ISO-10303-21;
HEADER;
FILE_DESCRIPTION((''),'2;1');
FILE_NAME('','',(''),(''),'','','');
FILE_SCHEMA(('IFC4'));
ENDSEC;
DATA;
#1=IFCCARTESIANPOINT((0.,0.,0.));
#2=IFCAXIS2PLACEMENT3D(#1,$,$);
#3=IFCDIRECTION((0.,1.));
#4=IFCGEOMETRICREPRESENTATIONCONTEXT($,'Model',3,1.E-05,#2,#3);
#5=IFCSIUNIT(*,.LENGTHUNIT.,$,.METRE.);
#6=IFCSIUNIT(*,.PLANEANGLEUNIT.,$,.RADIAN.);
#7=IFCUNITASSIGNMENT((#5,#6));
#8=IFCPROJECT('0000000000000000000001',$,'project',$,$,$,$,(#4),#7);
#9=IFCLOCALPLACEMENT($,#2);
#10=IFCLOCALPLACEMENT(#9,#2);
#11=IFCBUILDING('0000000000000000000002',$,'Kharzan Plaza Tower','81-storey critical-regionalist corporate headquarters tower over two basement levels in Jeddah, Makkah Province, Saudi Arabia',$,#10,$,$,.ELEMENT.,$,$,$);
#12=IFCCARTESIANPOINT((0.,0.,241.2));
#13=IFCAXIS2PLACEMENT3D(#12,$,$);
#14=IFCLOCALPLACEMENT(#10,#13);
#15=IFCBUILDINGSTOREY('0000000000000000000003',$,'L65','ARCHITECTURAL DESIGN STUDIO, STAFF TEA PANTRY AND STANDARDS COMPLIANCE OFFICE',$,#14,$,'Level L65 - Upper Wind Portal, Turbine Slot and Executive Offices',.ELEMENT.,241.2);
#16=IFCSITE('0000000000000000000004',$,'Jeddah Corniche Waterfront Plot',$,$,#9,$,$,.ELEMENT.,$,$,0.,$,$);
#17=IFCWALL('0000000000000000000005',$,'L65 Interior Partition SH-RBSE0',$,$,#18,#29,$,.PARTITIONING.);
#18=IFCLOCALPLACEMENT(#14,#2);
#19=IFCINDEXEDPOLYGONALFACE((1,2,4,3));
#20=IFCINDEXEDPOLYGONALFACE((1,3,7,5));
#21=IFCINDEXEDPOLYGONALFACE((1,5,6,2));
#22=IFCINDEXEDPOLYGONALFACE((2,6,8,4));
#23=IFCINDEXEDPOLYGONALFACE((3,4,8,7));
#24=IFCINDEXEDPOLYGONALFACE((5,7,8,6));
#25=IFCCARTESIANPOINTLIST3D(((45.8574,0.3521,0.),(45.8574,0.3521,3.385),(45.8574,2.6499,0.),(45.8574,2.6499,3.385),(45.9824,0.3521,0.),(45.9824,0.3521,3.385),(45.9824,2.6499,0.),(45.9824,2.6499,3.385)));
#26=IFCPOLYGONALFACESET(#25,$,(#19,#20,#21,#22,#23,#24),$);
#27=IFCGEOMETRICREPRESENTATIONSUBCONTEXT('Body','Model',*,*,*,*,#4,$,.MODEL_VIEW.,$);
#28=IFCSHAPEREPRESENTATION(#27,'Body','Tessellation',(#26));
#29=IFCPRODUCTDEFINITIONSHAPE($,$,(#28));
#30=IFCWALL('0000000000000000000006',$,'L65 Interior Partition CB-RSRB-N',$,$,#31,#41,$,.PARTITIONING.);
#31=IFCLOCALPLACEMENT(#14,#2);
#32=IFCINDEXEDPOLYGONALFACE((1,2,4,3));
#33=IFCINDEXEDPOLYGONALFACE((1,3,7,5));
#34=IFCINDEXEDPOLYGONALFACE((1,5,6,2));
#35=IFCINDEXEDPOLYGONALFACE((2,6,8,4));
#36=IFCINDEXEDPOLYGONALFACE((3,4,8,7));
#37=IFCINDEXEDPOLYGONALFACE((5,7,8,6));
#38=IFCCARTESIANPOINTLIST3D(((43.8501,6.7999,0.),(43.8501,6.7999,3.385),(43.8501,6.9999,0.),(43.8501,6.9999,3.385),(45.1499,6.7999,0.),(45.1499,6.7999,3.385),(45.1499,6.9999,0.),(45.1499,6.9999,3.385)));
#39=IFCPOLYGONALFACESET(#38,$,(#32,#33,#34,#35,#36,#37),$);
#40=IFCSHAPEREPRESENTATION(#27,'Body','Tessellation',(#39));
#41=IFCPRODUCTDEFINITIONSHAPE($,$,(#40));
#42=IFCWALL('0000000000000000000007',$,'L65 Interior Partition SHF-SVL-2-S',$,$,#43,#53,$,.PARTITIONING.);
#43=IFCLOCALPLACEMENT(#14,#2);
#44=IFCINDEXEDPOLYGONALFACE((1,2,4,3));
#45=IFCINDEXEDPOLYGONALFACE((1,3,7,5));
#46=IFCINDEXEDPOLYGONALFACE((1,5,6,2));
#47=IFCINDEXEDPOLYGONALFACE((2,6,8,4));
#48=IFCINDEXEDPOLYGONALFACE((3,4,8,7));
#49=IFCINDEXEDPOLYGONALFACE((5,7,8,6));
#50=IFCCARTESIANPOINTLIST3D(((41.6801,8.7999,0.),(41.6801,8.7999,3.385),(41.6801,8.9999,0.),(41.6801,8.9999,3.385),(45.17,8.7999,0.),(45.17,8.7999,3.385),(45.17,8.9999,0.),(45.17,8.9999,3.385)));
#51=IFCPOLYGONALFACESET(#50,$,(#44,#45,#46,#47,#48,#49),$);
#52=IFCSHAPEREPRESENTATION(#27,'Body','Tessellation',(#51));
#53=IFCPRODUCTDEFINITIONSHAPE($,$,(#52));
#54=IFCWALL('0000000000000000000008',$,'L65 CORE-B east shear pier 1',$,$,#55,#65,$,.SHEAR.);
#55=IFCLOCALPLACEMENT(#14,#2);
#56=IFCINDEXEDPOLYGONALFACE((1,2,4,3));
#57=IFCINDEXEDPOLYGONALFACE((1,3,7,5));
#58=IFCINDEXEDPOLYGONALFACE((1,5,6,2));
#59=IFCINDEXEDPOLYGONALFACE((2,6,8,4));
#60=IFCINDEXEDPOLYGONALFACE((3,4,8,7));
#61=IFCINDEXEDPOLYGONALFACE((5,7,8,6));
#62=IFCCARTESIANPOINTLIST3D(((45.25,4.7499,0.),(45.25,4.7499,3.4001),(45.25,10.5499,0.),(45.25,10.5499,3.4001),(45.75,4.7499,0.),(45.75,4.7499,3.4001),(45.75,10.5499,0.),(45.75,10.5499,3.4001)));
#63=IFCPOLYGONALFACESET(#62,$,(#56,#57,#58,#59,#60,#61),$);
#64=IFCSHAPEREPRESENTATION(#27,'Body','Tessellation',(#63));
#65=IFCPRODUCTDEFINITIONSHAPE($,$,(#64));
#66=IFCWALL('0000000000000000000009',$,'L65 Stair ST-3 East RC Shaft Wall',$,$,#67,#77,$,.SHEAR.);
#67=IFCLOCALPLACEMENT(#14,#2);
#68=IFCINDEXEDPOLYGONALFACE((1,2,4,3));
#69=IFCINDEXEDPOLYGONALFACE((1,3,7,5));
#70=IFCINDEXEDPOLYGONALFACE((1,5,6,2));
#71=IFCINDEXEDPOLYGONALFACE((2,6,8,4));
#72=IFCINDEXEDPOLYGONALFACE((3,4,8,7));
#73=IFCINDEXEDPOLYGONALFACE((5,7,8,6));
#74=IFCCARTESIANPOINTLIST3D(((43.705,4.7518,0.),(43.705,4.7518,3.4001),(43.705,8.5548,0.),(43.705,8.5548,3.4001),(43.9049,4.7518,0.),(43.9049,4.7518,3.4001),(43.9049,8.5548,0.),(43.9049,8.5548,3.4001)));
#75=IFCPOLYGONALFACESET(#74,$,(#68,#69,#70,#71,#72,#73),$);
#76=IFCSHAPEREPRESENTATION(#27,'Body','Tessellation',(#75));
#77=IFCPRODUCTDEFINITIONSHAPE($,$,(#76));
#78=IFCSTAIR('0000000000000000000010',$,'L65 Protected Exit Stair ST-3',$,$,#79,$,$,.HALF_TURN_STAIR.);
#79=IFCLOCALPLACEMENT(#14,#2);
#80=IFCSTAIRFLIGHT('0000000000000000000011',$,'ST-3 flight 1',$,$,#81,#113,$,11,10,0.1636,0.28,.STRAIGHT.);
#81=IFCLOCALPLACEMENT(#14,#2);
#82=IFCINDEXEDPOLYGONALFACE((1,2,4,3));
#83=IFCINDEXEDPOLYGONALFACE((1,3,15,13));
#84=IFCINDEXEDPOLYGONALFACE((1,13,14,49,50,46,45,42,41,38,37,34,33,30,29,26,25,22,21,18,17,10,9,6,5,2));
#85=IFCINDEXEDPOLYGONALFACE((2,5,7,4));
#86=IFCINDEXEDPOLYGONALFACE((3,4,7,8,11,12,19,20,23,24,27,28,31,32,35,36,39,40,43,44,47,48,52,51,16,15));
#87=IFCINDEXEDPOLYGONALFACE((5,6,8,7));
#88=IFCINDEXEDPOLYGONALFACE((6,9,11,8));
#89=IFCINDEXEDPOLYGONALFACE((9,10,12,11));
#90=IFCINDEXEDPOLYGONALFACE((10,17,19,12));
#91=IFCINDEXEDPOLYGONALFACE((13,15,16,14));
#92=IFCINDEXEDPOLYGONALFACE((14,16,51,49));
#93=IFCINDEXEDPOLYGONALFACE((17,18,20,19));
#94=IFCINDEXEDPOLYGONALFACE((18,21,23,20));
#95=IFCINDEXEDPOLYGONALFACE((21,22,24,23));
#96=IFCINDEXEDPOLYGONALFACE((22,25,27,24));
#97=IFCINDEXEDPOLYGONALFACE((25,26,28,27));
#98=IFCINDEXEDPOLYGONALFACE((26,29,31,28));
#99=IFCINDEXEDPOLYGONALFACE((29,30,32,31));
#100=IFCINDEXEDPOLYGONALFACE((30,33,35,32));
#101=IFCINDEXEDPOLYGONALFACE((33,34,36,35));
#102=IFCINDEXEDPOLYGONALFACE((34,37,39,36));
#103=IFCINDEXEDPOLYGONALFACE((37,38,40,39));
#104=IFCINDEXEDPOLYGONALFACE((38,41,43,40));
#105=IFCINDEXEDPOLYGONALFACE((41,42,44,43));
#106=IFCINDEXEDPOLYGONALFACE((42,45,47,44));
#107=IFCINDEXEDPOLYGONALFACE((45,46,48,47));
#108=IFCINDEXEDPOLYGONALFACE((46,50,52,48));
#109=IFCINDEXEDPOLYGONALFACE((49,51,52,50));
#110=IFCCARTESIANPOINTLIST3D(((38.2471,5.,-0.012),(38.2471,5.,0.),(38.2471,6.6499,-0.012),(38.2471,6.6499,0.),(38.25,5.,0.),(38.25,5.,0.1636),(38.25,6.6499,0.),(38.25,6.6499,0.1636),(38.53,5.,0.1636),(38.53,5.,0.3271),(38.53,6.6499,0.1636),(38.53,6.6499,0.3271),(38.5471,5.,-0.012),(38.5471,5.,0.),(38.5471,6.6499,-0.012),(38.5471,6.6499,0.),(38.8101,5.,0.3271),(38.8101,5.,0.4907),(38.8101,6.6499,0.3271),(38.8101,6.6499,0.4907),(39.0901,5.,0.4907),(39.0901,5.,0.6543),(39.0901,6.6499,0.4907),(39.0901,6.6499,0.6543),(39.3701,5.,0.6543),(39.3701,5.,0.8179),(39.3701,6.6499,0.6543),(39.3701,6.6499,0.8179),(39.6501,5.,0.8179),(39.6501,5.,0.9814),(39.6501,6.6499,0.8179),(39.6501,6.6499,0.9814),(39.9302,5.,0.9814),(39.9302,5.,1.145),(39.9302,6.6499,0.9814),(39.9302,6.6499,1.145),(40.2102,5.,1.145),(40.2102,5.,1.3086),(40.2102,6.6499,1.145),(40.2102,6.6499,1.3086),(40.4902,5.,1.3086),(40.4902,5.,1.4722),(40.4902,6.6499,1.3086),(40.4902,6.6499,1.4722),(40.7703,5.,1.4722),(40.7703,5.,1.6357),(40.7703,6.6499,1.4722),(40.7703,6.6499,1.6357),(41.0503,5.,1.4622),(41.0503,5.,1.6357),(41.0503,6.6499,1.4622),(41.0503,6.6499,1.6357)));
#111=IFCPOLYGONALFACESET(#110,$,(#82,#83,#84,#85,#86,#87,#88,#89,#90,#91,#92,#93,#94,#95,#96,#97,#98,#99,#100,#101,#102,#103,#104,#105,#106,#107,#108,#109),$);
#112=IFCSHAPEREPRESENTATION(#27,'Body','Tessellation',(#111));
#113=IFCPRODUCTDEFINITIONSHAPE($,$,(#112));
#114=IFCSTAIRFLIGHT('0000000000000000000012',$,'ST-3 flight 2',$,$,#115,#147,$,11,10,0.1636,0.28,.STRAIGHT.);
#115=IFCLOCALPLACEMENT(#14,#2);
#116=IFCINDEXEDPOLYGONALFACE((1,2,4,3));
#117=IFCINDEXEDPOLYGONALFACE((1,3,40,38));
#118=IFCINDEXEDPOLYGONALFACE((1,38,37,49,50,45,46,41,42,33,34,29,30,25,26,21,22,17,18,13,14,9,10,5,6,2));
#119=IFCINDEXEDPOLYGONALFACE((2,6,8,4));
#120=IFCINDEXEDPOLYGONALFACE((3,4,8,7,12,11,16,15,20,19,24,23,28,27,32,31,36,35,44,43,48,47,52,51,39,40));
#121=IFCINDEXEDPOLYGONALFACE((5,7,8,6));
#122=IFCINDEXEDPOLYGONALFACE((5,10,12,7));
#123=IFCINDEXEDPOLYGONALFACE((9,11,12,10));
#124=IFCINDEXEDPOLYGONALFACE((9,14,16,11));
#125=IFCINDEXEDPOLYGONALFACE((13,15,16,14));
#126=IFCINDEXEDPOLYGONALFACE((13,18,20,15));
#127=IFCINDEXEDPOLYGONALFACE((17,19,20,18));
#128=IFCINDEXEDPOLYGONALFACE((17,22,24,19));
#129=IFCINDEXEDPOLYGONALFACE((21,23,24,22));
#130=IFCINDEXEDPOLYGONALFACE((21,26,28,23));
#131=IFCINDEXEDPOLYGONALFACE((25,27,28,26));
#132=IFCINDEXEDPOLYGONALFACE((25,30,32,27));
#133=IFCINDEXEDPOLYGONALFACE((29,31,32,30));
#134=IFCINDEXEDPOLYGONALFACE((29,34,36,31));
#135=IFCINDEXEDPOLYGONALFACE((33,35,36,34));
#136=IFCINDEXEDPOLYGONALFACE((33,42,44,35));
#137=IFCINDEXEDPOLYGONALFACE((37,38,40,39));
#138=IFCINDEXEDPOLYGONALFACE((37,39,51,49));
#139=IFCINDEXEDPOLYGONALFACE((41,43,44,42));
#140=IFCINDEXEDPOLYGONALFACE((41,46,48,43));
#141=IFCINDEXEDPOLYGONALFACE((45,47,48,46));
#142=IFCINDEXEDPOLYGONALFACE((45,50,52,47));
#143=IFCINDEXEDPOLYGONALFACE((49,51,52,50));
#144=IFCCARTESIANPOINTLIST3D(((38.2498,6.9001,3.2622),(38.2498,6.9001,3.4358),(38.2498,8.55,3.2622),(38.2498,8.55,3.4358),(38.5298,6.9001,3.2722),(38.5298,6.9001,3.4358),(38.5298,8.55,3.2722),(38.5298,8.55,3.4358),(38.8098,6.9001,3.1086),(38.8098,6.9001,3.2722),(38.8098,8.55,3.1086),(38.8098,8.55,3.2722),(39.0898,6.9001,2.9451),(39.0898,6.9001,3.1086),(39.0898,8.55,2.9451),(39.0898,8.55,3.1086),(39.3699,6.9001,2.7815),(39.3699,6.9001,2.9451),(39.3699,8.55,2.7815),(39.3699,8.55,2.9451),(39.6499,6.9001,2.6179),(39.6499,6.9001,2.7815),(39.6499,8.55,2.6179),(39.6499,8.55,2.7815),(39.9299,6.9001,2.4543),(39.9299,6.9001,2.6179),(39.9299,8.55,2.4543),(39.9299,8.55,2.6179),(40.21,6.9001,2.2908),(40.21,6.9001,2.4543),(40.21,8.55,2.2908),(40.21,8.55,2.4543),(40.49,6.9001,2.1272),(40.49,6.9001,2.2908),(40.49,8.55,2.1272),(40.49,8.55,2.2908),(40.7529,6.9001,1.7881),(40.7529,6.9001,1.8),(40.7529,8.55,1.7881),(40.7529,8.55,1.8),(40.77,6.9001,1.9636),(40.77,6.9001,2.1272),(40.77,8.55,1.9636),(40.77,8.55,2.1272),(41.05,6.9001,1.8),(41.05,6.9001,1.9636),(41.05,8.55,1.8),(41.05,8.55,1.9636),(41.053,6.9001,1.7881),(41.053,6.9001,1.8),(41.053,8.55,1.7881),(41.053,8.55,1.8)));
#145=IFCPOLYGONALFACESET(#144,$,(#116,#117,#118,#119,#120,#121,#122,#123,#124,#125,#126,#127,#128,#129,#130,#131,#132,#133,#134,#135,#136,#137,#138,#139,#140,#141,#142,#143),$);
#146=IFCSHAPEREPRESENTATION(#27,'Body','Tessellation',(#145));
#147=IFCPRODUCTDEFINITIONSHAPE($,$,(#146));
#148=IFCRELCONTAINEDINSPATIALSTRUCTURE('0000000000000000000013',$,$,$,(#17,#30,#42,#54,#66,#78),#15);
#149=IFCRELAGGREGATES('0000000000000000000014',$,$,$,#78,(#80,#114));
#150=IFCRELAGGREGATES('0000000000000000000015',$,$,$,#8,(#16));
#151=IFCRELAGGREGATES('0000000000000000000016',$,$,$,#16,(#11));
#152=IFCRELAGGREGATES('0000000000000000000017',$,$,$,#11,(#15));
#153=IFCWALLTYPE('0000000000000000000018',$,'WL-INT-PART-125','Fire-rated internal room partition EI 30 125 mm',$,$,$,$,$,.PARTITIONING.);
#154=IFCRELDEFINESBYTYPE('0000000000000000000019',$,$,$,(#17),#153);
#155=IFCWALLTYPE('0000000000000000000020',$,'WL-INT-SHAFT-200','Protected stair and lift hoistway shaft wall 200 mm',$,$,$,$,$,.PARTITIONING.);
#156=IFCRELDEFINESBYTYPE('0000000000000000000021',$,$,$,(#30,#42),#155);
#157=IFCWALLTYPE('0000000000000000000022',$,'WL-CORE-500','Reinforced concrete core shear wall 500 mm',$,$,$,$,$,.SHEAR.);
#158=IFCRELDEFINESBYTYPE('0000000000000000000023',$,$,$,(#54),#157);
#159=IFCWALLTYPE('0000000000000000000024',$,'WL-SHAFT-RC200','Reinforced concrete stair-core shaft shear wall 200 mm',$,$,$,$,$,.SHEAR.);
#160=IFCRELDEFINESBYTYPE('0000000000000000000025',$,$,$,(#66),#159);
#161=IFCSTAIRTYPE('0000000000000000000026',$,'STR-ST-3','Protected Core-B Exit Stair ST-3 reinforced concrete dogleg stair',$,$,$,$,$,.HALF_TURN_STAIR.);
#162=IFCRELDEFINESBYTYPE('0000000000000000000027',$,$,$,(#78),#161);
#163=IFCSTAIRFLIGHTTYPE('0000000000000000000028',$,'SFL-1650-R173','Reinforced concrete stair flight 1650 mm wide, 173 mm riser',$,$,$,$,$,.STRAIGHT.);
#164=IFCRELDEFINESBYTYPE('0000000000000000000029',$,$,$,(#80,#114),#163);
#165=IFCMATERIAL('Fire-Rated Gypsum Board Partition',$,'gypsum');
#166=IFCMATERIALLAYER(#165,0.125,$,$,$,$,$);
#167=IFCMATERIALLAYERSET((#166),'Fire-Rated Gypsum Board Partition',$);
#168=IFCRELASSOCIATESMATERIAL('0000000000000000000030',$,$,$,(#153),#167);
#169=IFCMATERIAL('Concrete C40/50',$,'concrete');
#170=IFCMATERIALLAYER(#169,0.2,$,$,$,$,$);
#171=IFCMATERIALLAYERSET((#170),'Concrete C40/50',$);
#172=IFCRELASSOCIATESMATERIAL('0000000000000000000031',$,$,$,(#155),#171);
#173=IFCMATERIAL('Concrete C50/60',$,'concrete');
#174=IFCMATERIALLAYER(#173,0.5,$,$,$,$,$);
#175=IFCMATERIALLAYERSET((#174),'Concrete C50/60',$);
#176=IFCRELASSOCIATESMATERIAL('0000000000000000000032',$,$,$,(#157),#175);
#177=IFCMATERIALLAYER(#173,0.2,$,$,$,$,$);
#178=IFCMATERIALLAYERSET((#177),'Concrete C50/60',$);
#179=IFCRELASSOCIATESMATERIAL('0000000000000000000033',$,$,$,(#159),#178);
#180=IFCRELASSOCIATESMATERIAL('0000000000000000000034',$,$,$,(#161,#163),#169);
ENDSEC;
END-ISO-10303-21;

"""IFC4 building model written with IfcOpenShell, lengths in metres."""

from ifc_helpers import new_model, si_unit, direction, frame, frame_2d, origin, place, context, subcontext, project, spatial, polyline, rectangle, outline, extrude, source, transform, mapped, material, layer, layer_set, type_object, element, aggregate, save


model = new_model("IFC4")

# Units and contexts
model_context = context("Model", 3, precision=1e-05, world=origin(), true_north=direction((0.0, 1.0)))
body_context = subcontext(model_context, "Body", "Model", "MODEL_VIEW")
ifc_project = project(units=[si_unit("LENGTHUNIT", "METRE"), si_unit("PLANEANGLEUNIT", "RADIAN")], contexts=[model_context])

# Site, building, storey
site_placement = place(None, origin())
site = spatial("IfcSite", under=ifc_project, at=site_placement, Name="Jeddah Corniche Waterfront Plot", CompositionType="ELEMENT", RefElevation=0.0)
building_placement = place(site_placement, origin())
building = spatial("IfcBuilding", under=site, at=building_placement, Name="Kharzan Plaza Tower", Description="81-storey critical-regionalist corporate headquarters tower over two basement levels in Jeddah, Makkah Province, Saudi Arabia", CompositionType="ELEMENT")
storey_placement = place(building_placement, frame((0.0, 0.0, 241.2)))
storey = spatial("IfcBuildingStorey", under=building, at=storey_placement, Name="L65", Description="ARCHITECTURAL DESIGN STUDIO, STAFF TEA PANTRY AND STANDARDS COMPLIANCE OFFICE", LongName="Level L65 - Upper Wind Portal, Turbine Slot and Executive Offices", CompositionType="ELEMENT", Elevation=241.2)

# Shared definitions
ifc_material_1 = material(Name="Concrete C50/60", Category="concrete")

# Shared definitions
ifc_material_2 = material(Name="Concrete C40/50", Category="concrete")

# Shared definitions
ifc_material_3 = material(Name="Fire-Rated Gypsum Board Partition", Category="gypsum")
ifc_layer_1 = layer(ifc_material_3, 0.125)
ifc_layer_set_1 = layer_set([ifc_layer_1], Name="Fire-Rated Gypsum Board Partition")
wall_type_1 = type_object("IfcWallType", Name="WL-INT-PART-125", Description="Fire-rated internal room partition EI 30 125 mm", PredefinedType="PARTITIONING", material=ifc_layer_set_1)
ifc_layer_2 = layer(ifc_material_2, 0.2)
ifc_layer_set_2 = layer_set([ifc_layer_2], Name="Concrete C40/50")
wall_type_2 = type_object("IfcWallType", Name="WL-INT-SHAFT-200", Description="Protected stair and lift hoistway shaft wall 200 mm", PredefinedType="PARTITIONING", material=ifc_layer_set_2)

# Walls
shared_shape_1 = source(origin(), body_context, "Body", "SweptSolid", [
    extrude(rectangle(XDim=2.2979, YDim=0.125, at=frame_2d((1.1489, 0.0))), origin(), (0.0, 0.0, 1.0), 3.385),
])
wall_1_placement = place(storey_placement, frame((45.9199, 0.3521, 0.0), z_axis=(0.0, 0.0, 1.0), x_axis=(0.0, 1.0, 0.0)))
element("IfcWall", 1, at=wall_1_placement, inside=storey, type_object=wall_type_1, Name="L65 Interior Partition SH-RBSE0", PredefinedType="PARTITIONING", context=body_context, shape_type="MappedRepresentation", body=[
    mapped(shared_shape_1, transform((0.0, 0.0, 0.0), x_axis=(1.0, 0.0, 0.0), y_axis=(0.0, 1.0, 0.0), z_axis=(0.0, 0.0, 1.0))),
])
shared_shape_2 = source(origin(), body_context, "Body", "SweptSolid", [
    extrude(rectangle(XDim=1.2998, YDim=0.2, at=frame_2d((0.6499, 0.0))), origin(), (0.0, 0.0, 1.0), 3.385),
])
wall_2_placement = place(storey_placement, frame((43.8501, 6.8999, 0.0), z_axis=(0.0, 0.0, 1.0), x_axis=(1.0, 0.0, 0.0)))
element("IfcWall", 2, at=wall_2_placement, inside=storey, type_object=wall_type_2, Name="L65 Interior Partition CB-RSRB-N", PredefinedType="PARTITIONING", context=body_context, shape_type="MappedRepresentation", body=[
    mapped(shared_shape_2, transform((0.0, 0.0, 0.0), x_axis=(1.0, 0.0, 0.0), y_axis=(0.0, 1.0, 0.0), z_axis=(0.0, 0.0, 1.0))),
])
shared_shape_3 = source(origin(), body_context, "Body", "SweptSolid", [
    extrude(rectangle(XDim=3.49, YDim=0.2, at=frame_2d((1.7451, 0.0))), origin(), (0.0, 0.0, 1.0), 3.385),
])
wall_3_placement = place(storey_placement, frame((41.6799, 8.8999, 0.0), z_axis=(0.0, 0.0, 1.0), x_axis=(1.0, 0.0, 0.0)))
element("IfcWall", 3, at=wall_3_placement, inside=storey, type_object=wall_type_2, Name="L65 Interior Partition SHF-SVL-2-S", PredefinedType="PARTITIONING", context=body_context, shape_type="MappedRepresentation", body=[
    mapped(shared_shape_3, transform((0.0, 0.0, 0.0), x_axis=(1.0, 0.0, 0.0), y_axis=(0.0, 1.0, 0.0), z_axis=(0.0, 0.0, 1.0))),
])
ifc_layer_3 = layer(ifc_material_1, 0.5)
ifc_layer_set_3 = layer_set([ifc_layer_3], Name="Concrete C50/60")
wall_type_3 = type_object("IfcWallType", Name="WL-CORE-500", Description="Reinforced concrete core shear wall 500 mm", PredefinedType="SHEAR", material=ifc_layer_set_3)
shared_shape_4 = source(origin(), body_context, "Body", "SweptSolid", [
    extrude(rectangle(XDim=5.8, YDim=0.5, at=frame_2d((2.8999, 0.0))), origin(), (0.0, 0.0, 1.0), 3.4001),
])
wall_4_placement = place(storey_placement, frame((45.5, 4.75, 0.0), z_axis=(0.0, 0.0, 1.0), x_axis=(0.0, 1.0, 0.0)))
element("IfcWall", 4, at=wall_4_placement, inside=storey, type_object=wall_type_3, Name="L65 CORE-B east shear pier 1", PredefinedType="SHEAR", context=body_context, shape_type="MappedRepresentation", body=[
    mapped(shared_shape_4, transform((0.0, 0.0, 0.0), x_axis=(1.0, 0.0, 0.0), y_axis=(0.0, 1.0, 0.0), z_axis=(0.0, 0.0, 1.0))),
])
ifc_layer_4 = layer(ifc_material_1, 0.2)
ifc_layer_set_4 = layer_set([ifc_layer_4], Name="Concrete C50/60")
wall_type_4 = type_object("IfcWallType", Name="WL-SHAFT-RC200", Description="Reinforced concrete stair-core shaft shear wall 200 mm", PredefinedType="SHEAR", material=ifc_layer_set_4)
shared_shape_5 = source(origin(), body_context, "Body", "SweptSolid", [
    extrude(rectangle(XDim=3.803, YDim=0.2, at=frame_2d((1.9014, 0.0))), origin(), (0.0, 0.0, 1.0), 3.4001),
])
wall_5_placement = place(storey_placement, frame((43.8049, 4.752, 0.0), z_axis=(0.0, 0.0, 1.0), x_axis=(0.0, 1.0, 0.0)))
element("IfcWall", 5, at=wall_5_placement, inside=storey, type_object=wall_type_4, Name="L65 Stair ST-3 East RC Shaft Wall", PredefinedType="SHEAR", context=body_context, shape_type="MappedRepresentation", body=[
    mapped(shared_shape_5, transform((0.0, 0.0, 0.0), x_axis=(1.0, 0.0, 0.0), y_axis=(0.0, 1.0, 0.0), z_axis=(0.0, 0.0, 1.0))),
])

# Stair, stair flights
stair_type = type_object("IfcStairType", Name="STR-ST-3", Description="Protected Core-B Exit Stair ST-3 reinforced concrete dogleg stair", PredefinedType="HALF_TURN_STAIR", material=ifc_material_2)
stair_placement = place(storey_placement, origin())
stair = element("IfcStair", 6, at=stair_placement, inside=storey, type_object=stair_type, Name="L65 Protected Exit Stair ST-3", PredefinedType="HALF_TURN_STAIR")
stair_flight_type = type_object("IfcStairFlightType", Name="SFL-1650-R173", Description="Reinforced concrete stair flight 1650 mm wide, 173 mm riser", PredefinedType="STRAIGHT", material=ifc_material_2)
shared_shape_6 = source(origin(), body_context, "Body", "SweptSolid", [
    extrude(outline(polyline([(-0.0029, -0.012), (-0.0029, 0.0), (0.0, 0.0), (0.0, 0.1636), (0.28, 0.1636), (0.28, 0.3271), (0.5601, 0.3271), (0.5601, 0.4907), (0.8401, 0.4907), (0.8401, 0.6543), (1.1201, 0.6543), (1.1201, 0.8179), (1.4001, 0.8179), (1.4001, 0.9814), (1.6802, 0.9814), (1.6802, 1.145), (1.9602, 1.145), (1.9602, 1.3086), (2.2402, 1.3086), (2.2402, 1.4722), (2.5203, 1.4722), (2.5203, 1.6357), (2.8003, 1.6357), (2.8003, 1.7993), (2.8003, 1.4622), (0.2971, 0.0), (0.2971, -0.012), (-0.0029, -0.012)])), frame((0.0, 0.825, 0.0), z_axis=(0.0, -1.0, 0.0), x_axis=(1.0, 0.0, 0.0)), (0.0, 0.0, 1.0), 1.6499),
])
stair_flight_1_placement = place(storey_placement, frame((38.25, 5.825, 0.0), z_axis=(0.0, 0.0, 1.0), x_axis=(1.0, 0.0, 0.0)))
stair_flight_1 = element("IfcStairFlight", 7, at=stair_flight_1_placement, type_object=stair_flight_type, Name="ST-3 flight 1", NumberOfRisers=11, NumberOfTreads=10, PredefinedType="STRAIGHT", RiserHeight=0.1636, TreadLength=0.28, context=body_context, shape_type="MappedRepresentation", body=[
    mapped(shared_shape_6, transform((0.0, 0.0, 0.0), x_axis=(1.0, 0.0, 0.0), y_axis=(0.0, 1.0, 0.0), z_axis=(0.0, 0.0, 1.0))),
])
stair_flight_2_placement = place(storey_placement, frame((41.05, 7.7251, 1.8), z_axis=(0.0, 0.0, 1.0), x_axis=(-1.0, 0.0, 0.0)))
stair_flight_2 = element("IfcStairFlight", 8, at=stair_flight_2_placement, type_object=stair_flight_type, Name="ST-3 flight 2", NumberOfRisers=11, NumberOfTreads=10, PredefinedType="STRAIGHT", RiserHeight=0.1636, TreadLength=0.28, context=body_context, shape_type="MappedRepresentation", body=[
    mapped(shared_shape_6, transform((0.0, 0.0, 0.0), x_axis=(1.0, 0.0, 0.0), y_axis=(0.0, 1.0, 0.0), z_axis=(0.0, 0.0, 1.0))),
])
aggregate(stair, [stair_flight_1, stair_flight_2])

save(model, "model.ifc")
